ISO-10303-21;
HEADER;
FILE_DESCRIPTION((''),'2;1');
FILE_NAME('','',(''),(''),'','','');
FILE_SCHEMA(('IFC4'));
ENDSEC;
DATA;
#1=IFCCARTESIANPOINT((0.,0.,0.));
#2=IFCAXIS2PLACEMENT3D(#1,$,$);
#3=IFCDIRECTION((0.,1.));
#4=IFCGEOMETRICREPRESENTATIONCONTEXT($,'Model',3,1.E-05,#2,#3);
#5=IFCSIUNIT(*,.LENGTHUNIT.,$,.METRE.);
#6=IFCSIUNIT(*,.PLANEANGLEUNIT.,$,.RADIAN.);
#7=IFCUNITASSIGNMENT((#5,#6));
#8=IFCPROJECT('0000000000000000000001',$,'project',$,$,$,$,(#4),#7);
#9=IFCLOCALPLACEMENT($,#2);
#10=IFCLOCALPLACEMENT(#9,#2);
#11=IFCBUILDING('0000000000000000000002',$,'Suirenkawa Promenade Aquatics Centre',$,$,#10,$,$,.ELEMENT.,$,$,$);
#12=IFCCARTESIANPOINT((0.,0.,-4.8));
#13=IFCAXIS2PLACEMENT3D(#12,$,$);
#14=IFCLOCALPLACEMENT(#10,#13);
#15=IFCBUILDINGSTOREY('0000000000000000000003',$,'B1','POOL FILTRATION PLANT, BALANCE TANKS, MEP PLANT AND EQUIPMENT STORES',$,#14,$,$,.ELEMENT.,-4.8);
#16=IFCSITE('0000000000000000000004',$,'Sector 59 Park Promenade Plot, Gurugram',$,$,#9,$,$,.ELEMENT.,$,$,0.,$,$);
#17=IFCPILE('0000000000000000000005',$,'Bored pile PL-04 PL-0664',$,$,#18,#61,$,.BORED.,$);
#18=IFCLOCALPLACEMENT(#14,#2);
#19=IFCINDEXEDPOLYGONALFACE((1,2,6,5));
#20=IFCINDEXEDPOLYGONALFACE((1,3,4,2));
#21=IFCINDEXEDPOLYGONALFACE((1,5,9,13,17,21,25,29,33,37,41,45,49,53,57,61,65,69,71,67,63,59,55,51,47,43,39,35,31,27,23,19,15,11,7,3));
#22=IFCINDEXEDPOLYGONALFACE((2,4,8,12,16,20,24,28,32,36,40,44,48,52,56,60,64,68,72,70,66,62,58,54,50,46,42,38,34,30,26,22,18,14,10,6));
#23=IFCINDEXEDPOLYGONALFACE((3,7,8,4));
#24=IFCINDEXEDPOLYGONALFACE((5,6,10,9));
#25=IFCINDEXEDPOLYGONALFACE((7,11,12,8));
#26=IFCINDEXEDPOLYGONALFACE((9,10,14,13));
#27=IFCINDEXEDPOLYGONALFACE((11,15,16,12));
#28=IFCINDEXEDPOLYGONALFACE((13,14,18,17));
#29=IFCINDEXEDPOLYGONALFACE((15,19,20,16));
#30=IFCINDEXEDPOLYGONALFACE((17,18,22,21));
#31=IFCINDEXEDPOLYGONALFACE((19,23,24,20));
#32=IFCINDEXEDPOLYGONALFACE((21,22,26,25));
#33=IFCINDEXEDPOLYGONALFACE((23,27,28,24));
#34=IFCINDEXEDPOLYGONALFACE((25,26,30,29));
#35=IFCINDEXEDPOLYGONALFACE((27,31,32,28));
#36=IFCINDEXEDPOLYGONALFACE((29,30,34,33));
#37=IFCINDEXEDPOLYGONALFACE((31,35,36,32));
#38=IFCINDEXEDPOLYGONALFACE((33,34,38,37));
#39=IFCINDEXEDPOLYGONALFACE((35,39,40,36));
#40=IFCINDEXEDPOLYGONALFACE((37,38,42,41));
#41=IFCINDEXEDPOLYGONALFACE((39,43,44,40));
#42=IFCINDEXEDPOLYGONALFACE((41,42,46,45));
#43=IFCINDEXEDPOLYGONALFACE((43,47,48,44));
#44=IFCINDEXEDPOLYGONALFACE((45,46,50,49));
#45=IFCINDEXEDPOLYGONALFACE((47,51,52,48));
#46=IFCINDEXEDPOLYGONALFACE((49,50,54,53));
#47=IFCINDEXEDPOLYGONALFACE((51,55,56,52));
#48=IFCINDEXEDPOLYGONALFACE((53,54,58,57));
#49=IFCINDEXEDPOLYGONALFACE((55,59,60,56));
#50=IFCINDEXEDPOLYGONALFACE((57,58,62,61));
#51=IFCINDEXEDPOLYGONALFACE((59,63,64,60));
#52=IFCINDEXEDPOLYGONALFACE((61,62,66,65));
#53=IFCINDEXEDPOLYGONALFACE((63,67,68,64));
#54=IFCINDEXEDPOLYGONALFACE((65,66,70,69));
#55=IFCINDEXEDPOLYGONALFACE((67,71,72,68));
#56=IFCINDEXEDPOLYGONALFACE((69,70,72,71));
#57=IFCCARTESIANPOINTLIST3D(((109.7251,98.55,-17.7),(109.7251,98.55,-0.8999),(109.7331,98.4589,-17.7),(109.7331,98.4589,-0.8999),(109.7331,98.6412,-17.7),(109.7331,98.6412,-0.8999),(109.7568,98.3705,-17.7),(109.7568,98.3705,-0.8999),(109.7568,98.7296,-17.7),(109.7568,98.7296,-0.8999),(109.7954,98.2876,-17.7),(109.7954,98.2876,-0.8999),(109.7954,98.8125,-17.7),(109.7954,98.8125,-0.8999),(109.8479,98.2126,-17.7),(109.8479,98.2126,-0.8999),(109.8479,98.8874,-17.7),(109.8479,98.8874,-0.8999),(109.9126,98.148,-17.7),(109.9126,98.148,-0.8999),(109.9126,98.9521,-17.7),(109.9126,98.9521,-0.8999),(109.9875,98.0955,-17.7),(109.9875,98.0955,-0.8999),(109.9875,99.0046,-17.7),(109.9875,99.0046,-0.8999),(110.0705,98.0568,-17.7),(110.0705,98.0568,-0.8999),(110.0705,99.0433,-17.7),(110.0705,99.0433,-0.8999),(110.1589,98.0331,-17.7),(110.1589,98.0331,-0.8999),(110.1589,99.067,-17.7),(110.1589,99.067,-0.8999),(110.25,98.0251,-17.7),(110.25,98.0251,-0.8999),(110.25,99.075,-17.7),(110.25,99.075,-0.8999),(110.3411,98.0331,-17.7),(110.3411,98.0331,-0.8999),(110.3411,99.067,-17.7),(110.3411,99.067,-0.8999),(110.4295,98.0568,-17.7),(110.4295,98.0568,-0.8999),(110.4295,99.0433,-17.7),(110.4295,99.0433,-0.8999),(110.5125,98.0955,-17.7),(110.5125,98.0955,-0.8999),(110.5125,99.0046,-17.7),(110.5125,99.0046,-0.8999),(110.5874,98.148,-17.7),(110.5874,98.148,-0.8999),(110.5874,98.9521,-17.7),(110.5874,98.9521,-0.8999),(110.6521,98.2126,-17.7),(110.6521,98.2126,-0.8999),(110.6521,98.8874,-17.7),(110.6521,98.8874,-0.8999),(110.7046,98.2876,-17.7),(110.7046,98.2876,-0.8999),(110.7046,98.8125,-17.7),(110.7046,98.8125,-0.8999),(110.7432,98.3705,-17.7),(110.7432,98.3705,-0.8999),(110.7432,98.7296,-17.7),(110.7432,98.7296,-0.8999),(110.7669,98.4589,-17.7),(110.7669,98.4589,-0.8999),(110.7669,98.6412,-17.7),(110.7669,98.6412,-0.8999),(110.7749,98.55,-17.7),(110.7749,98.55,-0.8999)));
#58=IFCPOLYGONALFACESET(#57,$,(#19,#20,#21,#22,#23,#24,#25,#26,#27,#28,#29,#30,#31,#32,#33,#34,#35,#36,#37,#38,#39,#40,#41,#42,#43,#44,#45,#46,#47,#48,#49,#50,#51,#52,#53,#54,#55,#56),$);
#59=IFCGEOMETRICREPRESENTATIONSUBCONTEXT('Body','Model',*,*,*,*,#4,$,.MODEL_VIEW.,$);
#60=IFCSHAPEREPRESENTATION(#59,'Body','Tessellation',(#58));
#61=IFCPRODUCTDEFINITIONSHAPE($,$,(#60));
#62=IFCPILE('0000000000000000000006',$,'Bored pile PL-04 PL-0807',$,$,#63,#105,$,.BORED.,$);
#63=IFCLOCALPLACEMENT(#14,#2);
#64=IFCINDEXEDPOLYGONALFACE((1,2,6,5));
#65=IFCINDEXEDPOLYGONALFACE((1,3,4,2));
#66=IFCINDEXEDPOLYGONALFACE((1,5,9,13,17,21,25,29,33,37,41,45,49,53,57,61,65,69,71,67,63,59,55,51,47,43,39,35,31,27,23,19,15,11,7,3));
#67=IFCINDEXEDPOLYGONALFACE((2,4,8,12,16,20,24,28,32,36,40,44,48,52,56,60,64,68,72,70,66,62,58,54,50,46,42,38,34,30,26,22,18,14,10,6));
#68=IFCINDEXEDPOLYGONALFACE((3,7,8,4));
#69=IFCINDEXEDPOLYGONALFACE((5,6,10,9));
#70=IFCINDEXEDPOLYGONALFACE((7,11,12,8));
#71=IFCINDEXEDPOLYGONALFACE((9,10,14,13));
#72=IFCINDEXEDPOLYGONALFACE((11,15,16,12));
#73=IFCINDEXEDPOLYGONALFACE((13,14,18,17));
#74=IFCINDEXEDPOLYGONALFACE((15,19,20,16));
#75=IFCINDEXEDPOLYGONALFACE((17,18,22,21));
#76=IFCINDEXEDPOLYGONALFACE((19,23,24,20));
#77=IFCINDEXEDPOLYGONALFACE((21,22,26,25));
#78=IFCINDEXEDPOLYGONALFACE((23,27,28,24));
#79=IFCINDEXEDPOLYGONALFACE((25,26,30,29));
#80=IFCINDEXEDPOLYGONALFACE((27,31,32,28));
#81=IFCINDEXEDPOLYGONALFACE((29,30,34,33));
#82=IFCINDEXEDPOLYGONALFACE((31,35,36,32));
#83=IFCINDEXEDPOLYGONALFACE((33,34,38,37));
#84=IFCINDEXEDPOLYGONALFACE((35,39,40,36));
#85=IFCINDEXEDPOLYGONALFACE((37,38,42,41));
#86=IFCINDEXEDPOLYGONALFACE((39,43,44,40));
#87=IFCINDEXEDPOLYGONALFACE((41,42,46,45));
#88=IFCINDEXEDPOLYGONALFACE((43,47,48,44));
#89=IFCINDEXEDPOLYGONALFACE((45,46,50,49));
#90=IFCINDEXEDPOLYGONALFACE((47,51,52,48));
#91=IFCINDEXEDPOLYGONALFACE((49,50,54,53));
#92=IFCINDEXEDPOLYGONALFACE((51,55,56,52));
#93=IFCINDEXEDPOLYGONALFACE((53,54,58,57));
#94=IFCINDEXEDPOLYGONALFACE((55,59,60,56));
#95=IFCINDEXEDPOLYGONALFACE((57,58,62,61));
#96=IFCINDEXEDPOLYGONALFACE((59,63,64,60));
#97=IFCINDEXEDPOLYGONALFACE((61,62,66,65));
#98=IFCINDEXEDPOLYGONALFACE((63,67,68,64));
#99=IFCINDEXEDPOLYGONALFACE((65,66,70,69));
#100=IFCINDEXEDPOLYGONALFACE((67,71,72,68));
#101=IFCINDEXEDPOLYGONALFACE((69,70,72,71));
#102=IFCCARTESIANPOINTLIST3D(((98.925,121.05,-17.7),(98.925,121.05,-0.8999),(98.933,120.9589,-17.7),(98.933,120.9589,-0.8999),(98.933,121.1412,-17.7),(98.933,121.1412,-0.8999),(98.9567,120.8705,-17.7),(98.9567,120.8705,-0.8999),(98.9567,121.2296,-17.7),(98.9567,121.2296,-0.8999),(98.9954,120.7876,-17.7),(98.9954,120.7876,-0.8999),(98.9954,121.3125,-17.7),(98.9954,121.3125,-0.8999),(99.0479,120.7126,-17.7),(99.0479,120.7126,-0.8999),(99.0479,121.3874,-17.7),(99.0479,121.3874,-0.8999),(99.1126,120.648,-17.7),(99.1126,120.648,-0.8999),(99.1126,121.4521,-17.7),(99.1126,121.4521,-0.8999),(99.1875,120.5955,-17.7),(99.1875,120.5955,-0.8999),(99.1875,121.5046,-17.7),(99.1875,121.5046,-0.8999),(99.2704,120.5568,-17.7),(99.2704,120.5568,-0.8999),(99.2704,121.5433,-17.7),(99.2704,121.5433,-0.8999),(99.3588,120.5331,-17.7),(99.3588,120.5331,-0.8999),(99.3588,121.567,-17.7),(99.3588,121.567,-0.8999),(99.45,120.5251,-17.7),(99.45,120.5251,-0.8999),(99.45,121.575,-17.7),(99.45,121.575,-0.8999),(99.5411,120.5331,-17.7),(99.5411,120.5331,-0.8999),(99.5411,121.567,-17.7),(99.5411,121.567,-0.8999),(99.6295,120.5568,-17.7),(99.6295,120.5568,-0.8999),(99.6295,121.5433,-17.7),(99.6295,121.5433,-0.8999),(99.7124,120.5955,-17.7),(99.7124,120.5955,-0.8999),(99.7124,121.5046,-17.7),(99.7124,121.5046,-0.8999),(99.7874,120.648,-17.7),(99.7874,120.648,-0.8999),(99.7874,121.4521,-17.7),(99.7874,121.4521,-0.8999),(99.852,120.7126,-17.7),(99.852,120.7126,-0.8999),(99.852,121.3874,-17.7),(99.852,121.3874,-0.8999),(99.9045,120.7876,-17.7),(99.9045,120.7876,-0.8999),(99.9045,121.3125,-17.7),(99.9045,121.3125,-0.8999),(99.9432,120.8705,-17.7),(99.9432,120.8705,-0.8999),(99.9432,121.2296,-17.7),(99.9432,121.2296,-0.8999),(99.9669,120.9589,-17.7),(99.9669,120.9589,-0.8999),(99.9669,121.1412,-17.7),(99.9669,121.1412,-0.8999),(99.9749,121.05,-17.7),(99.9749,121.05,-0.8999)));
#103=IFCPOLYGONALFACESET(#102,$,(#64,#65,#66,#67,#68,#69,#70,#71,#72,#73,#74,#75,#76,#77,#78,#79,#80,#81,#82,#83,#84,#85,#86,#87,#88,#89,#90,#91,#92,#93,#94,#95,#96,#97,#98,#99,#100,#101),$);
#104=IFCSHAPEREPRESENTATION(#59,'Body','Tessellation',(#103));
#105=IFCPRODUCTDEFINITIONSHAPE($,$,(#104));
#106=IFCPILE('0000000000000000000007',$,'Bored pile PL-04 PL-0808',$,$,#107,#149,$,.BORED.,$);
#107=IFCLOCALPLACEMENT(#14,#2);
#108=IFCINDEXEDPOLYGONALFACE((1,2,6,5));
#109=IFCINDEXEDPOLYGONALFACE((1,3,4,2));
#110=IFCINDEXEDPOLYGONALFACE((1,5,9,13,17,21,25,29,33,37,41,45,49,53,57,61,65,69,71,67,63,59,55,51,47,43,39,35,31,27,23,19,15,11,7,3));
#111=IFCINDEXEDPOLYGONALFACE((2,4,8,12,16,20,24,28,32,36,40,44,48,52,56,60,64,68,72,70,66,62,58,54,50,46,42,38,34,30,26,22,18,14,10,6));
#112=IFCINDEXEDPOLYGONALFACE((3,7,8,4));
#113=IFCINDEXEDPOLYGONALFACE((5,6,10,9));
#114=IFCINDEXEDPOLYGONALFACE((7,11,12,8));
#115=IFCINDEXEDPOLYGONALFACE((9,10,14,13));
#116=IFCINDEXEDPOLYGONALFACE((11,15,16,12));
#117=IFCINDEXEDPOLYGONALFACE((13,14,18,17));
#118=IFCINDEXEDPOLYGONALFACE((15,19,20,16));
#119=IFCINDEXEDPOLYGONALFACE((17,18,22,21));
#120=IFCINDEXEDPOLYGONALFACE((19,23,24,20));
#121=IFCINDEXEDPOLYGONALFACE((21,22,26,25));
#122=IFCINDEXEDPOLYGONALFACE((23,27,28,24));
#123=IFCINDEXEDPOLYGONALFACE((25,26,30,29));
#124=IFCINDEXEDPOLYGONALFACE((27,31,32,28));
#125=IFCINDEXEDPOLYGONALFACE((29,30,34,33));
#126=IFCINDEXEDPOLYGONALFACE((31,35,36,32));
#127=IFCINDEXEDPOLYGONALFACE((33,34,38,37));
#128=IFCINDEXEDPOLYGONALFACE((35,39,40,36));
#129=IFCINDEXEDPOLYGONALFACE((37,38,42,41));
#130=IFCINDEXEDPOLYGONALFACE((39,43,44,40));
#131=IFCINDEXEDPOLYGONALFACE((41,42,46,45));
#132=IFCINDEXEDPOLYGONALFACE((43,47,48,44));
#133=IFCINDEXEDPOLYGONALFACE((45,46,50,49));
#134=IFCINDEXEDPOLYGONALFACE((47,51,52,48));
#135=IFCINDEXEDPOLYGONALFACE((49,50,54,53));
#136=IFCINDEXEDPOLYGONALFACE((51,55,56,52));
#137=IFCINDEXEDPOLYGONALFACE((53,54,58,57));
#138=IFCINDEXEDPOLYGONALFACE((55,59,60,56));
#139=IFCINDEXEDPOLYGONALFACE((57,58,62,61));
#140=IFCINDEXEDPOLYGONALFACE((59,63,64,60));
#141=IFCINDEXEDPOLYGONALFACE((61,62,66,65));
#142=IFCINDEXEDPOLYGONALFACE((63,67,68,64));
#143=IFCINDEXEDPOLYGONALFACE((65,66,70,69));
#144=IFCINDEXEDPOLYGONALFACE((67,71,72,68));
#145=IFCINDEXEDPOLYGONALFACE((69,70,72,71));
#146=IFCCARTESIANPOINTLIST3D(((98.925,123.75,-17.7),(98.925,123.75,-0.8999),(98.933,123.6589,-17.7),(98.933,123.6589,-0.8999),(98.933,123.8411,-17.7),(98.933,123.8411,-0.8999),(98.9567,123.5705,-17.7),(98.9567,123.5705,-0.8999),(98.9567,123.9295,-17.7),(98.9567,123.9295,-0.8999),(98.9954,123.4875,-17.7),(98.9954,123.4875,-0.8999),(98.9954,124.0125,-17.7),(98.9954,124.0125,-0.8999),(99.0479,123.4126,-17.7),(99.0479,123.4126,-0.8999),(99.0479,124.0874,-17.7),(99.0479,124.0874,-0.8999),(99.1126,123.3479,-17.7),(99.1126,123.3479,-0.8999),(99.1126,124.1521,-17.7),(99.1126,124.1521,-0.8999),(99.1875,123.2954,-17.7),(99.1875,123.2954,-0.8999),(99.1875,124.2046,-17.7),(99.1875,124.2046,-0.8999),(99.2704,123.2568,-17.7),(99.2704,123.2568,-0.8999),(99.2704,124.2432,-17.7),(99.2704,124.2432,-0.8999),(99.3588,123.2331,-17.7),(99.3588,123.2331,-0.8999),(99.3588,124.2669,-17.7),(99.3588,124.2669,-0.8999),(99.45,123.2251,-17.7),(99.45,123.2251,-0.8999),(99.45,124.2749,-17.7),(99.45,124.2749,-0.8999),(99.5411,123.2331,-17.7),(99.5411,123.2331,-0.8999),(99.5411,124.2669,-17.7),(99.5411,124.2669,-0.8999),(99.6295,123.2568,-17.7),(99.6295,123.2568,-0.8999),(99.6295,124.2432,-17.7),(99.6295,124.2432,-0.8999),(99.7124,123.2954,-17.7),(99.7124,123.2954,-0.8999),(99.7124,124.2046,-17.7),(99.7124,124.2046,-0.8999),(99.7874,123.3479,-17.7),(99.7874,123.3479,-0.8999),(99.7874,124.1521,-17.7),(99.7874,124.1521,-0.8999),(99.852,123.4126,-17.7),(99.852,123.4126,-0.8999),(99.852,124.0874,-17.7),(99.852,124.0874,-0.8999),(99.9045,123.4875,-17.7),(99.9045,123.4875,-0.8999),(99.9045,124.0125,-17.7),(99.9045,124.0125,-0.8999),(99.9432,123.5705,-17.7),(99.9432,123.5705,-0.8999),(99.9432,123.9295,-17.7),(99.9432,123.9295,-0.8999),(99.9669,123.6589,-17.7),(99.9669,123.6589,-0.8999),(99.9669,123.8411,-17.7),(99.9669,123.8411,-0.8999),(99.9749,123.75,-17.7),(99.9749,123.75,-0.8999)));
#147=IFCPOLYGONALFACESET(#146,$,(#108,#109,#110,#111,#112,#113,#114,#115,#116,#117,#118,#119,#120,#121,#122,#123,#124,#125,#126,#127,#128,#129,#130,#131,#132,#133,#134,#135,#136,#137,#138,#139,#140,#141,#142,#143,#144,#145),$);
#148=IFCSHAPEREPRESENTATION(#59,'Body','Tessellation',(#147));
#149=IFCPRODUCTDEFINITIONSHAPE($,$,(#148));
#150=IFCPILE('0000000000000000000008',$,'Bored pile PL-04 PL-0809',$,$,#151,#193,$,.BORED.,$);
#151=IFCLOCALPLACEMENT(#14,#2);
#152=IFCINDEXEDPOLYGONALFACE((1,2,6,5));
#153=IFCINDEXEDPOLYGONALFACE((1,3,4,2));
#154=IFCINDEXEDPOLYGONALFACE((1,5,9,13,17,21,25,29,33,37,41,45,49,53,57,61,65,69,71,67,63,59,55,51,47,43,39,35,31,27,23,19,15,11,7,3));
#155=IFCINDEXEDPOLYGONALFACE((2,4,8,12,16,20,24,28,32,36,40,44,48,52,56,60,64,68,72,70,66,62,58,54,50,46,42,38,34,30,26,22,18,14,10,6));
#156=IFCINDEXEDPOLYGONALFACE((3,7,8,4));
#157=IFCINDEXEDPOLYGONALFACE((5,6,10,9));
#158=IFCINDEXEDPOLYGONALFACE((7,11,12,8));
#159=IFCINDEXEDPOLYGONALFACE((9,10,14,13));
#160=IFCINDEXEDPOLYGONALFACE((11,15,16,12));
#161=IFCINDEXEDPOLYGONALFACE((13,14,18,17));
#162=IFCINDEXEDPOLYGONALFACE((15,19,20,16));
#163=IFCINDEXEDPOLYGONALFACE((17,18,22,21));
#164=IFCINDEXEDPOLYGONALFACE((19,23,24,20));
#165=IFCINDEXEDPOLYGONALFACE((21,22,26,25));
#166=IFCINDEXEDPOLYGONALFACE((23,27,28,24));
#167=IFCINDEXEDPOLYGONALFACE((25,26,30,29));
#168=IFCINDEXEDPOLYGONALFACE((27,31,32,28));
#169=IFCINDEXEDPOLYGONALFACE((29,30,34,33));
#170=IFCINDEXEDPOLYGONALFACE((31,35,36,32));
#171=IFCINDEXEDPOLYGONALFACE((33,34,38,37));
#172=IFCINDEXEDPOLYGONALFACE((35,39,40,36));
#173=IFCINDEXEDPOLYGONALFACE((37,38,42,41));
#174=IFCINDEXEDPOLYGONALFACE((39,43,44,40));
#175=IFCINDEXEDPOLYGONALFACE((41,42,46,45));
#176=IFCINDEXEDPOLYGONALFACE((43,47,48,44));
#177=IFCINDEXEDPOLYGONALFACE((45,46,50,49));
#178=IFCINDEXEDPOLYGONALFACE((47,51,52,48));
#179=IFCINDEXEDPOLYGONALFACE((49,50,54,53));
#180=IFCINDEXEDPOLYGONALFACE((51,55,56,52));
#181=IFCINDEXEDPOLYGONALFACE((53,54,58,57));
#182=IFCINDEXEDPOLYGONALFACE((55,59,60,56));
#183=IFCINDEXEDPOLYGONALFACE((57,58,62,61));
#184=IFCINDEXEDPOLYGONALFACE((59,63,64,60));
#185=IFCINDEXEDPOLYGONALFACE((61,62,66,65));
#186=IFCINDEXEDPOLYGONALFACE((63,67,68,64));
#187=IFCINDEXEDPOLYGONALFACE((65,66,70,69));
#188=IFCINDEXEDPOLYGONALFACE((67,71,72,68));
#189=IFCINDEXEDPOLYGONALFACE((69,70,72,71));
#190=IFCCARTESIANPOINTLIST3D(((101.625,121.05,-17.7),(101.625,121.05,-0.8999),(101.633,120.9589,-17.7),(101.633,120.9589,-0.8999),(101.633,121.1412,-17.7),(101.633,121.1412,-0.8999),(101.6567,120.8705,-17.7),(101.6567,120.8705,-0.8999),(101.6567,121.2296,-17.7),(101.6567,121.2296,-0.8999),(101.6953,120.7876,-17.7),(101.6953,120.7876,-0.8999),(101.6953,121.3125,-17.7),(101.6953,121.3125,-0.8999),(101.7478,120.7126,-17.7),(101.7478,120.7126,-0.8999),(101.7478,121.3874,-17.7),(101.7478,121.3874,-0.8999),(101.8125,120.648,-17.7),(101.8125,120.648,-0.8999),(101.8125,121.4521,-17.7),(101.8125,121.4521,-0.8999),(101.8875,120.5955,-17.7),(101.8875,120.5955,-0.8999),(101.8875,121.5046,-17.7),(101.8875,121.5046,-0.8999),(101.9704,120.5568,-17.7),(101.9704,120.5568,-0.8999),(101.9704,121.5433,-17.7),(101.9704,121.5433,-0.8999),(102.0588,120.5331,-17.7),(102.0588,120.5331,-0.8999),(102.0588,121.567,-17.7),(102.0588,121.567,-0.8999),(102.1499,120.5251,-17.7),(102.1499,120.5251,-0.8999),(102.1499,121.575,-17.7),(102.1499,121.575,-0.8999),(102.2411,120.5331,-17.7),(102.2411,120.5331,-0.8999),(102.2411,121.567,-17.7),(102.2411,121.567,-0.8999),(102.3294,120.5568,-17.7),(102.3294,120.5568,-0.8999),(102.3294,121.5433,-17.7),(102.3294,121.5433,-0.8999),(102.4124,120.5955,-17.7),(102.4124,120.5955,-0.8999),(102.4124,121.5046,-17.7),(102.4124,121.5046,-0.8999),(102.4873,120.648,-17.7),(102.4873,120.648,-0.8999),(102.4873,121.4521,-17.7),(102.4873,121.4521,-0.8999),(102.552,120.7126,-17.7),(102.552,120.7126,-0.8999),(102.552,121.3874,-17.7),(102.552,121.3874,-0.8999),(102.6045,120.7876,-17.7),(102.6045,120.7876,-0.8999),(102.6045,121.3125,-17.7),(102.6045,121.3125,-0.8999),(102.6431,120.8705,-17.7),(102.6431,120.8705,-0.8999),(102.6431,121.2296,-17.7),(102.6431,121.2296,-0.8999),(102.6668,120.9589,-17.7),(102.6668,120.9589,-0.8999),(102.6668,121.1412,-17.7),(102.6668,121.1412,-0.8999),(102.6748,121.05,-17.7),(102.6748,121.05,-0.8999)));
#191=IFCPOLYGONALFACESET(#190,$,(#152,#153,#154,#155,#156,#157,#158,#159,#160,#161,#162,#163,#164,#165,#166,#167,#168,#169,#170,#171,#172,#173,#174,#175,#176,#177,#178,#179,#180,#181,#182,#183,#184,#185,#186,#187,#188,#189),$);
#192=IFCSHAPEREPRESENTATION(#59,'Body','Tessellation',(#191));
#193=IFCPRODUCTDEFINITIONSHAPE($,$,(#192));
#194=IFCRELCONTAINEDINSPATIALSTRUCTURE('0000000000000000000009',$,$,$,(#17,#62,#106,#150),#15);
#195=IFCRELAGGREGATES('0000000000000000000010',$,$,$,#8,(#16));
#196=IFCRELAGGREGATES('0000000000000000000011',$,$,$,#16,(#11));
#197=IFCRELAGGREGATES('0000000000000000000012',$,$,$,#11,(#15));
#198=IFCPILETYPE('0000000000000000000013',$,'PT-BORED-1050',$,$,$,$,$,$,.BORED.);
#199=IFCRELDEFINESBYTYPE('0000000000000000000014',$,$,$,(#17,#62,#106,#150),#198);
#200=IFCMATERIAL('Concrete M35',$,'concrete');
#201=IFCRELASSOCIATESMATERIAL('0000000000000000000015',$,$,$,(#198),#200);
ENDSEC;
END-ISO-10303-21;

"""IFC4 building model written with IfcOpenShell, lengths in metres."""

from ifc_helpers import new_model, si_unit, direction, frame, origin, origin_2d, place, context, subcontext, project, spatial, circle, extrude, material, material_profile, profile_set, type_object, element, save


model = new_model("IFC4")

# Units and contexts
model_context = context("Model", 3, precision=1e-05, world=origin(), true_north=direction((0.0, 1.0)))
body_context = subcontext(model_context, "Body", "Model", "MODEL_VIEW")
ifc_project = project(units=[si_unit("LENGTHUNIT", "METRE"), si_unit("PLANEANGLEUNIT", "RADIAN")], contexts=[model_context])

# Site, building, storey
site_placement = place(None, origin())
site = spatial("IfcSite", under=ifc_project, at=site_placement, Name="Sector 59 Park Promenade Plot, Gurugram", CompositionType="ELEMENT", RefElevation=0.0)
building_placement = place(site_placement, origin())
building = spatial("IfcBuilding", under=site, at=building_placement, Name="Suirenkawa Promenade Aquatics Centre", CompositionType="ELEMENT")
storey_placement = place(building_placement, frame((0.0, 0.0, -4.8)))
storey = spatial("IfcBuildingStorey", under=building, at=storey_placement, Name="B1", Description="POOL FILTRATION PLANT, BALANCE TANKS, MEP PLANT AND EQUIPMENT STORES", CompositionType="ELEMENT", Elevation=-4.8)

# Shared definitions
ifc_material_1 = material(Name="Concrete M35", Category="concrete")

# Piles
ifc_material_profile_1 = material_profile(ifc_material_1, circle(Radius=0.5249, at=origin_2d()), Name="PILE D1050", Category="concrete")
ifc_profile_set_1 = profile_set([ifc_material_profile_1], Name="Concrete M35")
pile_type_1 = type_object("IfcPileType", Name="PT-BORED-1050", PredefinedType="BORED", material=ifc_profile_set_1)
for number, where, z_axis, x_axis, name in (
    (1, (110.25, 98.55, -0.8999), (0.0, 0.0, -1.0), (1.0, 0.0, 0.0), "Bored pile PL-04 PL-0664"),
    (2, (99.45, 121.05, -0.8999), (0.0, 0.0, -1.0), (1.0, 0.0, 0.0), "Bored pile PL-04 PL-0807"),
    (3, (99.45, 123.75, -0.8999), (0.0, 0.0, -1.0), (1.0, 0.0, 0.0), "Bored pile PL-04 PL-0808"),
    (4, (102.1499, 121.05, -0.8999), (0.0, 0.0, -1.0), (1.0, 0.0, 0.0), "Bored pile PL-04 PL-0809"),
):
    element("IfcPile", number, at=place(storey_placement, frame(where, z_axis=z_axis, x_axis=x_axis)), inside=storey, type_object=pile_type_1, Name=name, PredefinedType="BORED", context=body_context, shape_type="SweptSolid", body=[
        extrude(circle(Radius=0.5249, at=origin_2d()), origin(), (0.0, 0.0, 1.0), 16.8),
    ])

save(model, "model.ifc")
